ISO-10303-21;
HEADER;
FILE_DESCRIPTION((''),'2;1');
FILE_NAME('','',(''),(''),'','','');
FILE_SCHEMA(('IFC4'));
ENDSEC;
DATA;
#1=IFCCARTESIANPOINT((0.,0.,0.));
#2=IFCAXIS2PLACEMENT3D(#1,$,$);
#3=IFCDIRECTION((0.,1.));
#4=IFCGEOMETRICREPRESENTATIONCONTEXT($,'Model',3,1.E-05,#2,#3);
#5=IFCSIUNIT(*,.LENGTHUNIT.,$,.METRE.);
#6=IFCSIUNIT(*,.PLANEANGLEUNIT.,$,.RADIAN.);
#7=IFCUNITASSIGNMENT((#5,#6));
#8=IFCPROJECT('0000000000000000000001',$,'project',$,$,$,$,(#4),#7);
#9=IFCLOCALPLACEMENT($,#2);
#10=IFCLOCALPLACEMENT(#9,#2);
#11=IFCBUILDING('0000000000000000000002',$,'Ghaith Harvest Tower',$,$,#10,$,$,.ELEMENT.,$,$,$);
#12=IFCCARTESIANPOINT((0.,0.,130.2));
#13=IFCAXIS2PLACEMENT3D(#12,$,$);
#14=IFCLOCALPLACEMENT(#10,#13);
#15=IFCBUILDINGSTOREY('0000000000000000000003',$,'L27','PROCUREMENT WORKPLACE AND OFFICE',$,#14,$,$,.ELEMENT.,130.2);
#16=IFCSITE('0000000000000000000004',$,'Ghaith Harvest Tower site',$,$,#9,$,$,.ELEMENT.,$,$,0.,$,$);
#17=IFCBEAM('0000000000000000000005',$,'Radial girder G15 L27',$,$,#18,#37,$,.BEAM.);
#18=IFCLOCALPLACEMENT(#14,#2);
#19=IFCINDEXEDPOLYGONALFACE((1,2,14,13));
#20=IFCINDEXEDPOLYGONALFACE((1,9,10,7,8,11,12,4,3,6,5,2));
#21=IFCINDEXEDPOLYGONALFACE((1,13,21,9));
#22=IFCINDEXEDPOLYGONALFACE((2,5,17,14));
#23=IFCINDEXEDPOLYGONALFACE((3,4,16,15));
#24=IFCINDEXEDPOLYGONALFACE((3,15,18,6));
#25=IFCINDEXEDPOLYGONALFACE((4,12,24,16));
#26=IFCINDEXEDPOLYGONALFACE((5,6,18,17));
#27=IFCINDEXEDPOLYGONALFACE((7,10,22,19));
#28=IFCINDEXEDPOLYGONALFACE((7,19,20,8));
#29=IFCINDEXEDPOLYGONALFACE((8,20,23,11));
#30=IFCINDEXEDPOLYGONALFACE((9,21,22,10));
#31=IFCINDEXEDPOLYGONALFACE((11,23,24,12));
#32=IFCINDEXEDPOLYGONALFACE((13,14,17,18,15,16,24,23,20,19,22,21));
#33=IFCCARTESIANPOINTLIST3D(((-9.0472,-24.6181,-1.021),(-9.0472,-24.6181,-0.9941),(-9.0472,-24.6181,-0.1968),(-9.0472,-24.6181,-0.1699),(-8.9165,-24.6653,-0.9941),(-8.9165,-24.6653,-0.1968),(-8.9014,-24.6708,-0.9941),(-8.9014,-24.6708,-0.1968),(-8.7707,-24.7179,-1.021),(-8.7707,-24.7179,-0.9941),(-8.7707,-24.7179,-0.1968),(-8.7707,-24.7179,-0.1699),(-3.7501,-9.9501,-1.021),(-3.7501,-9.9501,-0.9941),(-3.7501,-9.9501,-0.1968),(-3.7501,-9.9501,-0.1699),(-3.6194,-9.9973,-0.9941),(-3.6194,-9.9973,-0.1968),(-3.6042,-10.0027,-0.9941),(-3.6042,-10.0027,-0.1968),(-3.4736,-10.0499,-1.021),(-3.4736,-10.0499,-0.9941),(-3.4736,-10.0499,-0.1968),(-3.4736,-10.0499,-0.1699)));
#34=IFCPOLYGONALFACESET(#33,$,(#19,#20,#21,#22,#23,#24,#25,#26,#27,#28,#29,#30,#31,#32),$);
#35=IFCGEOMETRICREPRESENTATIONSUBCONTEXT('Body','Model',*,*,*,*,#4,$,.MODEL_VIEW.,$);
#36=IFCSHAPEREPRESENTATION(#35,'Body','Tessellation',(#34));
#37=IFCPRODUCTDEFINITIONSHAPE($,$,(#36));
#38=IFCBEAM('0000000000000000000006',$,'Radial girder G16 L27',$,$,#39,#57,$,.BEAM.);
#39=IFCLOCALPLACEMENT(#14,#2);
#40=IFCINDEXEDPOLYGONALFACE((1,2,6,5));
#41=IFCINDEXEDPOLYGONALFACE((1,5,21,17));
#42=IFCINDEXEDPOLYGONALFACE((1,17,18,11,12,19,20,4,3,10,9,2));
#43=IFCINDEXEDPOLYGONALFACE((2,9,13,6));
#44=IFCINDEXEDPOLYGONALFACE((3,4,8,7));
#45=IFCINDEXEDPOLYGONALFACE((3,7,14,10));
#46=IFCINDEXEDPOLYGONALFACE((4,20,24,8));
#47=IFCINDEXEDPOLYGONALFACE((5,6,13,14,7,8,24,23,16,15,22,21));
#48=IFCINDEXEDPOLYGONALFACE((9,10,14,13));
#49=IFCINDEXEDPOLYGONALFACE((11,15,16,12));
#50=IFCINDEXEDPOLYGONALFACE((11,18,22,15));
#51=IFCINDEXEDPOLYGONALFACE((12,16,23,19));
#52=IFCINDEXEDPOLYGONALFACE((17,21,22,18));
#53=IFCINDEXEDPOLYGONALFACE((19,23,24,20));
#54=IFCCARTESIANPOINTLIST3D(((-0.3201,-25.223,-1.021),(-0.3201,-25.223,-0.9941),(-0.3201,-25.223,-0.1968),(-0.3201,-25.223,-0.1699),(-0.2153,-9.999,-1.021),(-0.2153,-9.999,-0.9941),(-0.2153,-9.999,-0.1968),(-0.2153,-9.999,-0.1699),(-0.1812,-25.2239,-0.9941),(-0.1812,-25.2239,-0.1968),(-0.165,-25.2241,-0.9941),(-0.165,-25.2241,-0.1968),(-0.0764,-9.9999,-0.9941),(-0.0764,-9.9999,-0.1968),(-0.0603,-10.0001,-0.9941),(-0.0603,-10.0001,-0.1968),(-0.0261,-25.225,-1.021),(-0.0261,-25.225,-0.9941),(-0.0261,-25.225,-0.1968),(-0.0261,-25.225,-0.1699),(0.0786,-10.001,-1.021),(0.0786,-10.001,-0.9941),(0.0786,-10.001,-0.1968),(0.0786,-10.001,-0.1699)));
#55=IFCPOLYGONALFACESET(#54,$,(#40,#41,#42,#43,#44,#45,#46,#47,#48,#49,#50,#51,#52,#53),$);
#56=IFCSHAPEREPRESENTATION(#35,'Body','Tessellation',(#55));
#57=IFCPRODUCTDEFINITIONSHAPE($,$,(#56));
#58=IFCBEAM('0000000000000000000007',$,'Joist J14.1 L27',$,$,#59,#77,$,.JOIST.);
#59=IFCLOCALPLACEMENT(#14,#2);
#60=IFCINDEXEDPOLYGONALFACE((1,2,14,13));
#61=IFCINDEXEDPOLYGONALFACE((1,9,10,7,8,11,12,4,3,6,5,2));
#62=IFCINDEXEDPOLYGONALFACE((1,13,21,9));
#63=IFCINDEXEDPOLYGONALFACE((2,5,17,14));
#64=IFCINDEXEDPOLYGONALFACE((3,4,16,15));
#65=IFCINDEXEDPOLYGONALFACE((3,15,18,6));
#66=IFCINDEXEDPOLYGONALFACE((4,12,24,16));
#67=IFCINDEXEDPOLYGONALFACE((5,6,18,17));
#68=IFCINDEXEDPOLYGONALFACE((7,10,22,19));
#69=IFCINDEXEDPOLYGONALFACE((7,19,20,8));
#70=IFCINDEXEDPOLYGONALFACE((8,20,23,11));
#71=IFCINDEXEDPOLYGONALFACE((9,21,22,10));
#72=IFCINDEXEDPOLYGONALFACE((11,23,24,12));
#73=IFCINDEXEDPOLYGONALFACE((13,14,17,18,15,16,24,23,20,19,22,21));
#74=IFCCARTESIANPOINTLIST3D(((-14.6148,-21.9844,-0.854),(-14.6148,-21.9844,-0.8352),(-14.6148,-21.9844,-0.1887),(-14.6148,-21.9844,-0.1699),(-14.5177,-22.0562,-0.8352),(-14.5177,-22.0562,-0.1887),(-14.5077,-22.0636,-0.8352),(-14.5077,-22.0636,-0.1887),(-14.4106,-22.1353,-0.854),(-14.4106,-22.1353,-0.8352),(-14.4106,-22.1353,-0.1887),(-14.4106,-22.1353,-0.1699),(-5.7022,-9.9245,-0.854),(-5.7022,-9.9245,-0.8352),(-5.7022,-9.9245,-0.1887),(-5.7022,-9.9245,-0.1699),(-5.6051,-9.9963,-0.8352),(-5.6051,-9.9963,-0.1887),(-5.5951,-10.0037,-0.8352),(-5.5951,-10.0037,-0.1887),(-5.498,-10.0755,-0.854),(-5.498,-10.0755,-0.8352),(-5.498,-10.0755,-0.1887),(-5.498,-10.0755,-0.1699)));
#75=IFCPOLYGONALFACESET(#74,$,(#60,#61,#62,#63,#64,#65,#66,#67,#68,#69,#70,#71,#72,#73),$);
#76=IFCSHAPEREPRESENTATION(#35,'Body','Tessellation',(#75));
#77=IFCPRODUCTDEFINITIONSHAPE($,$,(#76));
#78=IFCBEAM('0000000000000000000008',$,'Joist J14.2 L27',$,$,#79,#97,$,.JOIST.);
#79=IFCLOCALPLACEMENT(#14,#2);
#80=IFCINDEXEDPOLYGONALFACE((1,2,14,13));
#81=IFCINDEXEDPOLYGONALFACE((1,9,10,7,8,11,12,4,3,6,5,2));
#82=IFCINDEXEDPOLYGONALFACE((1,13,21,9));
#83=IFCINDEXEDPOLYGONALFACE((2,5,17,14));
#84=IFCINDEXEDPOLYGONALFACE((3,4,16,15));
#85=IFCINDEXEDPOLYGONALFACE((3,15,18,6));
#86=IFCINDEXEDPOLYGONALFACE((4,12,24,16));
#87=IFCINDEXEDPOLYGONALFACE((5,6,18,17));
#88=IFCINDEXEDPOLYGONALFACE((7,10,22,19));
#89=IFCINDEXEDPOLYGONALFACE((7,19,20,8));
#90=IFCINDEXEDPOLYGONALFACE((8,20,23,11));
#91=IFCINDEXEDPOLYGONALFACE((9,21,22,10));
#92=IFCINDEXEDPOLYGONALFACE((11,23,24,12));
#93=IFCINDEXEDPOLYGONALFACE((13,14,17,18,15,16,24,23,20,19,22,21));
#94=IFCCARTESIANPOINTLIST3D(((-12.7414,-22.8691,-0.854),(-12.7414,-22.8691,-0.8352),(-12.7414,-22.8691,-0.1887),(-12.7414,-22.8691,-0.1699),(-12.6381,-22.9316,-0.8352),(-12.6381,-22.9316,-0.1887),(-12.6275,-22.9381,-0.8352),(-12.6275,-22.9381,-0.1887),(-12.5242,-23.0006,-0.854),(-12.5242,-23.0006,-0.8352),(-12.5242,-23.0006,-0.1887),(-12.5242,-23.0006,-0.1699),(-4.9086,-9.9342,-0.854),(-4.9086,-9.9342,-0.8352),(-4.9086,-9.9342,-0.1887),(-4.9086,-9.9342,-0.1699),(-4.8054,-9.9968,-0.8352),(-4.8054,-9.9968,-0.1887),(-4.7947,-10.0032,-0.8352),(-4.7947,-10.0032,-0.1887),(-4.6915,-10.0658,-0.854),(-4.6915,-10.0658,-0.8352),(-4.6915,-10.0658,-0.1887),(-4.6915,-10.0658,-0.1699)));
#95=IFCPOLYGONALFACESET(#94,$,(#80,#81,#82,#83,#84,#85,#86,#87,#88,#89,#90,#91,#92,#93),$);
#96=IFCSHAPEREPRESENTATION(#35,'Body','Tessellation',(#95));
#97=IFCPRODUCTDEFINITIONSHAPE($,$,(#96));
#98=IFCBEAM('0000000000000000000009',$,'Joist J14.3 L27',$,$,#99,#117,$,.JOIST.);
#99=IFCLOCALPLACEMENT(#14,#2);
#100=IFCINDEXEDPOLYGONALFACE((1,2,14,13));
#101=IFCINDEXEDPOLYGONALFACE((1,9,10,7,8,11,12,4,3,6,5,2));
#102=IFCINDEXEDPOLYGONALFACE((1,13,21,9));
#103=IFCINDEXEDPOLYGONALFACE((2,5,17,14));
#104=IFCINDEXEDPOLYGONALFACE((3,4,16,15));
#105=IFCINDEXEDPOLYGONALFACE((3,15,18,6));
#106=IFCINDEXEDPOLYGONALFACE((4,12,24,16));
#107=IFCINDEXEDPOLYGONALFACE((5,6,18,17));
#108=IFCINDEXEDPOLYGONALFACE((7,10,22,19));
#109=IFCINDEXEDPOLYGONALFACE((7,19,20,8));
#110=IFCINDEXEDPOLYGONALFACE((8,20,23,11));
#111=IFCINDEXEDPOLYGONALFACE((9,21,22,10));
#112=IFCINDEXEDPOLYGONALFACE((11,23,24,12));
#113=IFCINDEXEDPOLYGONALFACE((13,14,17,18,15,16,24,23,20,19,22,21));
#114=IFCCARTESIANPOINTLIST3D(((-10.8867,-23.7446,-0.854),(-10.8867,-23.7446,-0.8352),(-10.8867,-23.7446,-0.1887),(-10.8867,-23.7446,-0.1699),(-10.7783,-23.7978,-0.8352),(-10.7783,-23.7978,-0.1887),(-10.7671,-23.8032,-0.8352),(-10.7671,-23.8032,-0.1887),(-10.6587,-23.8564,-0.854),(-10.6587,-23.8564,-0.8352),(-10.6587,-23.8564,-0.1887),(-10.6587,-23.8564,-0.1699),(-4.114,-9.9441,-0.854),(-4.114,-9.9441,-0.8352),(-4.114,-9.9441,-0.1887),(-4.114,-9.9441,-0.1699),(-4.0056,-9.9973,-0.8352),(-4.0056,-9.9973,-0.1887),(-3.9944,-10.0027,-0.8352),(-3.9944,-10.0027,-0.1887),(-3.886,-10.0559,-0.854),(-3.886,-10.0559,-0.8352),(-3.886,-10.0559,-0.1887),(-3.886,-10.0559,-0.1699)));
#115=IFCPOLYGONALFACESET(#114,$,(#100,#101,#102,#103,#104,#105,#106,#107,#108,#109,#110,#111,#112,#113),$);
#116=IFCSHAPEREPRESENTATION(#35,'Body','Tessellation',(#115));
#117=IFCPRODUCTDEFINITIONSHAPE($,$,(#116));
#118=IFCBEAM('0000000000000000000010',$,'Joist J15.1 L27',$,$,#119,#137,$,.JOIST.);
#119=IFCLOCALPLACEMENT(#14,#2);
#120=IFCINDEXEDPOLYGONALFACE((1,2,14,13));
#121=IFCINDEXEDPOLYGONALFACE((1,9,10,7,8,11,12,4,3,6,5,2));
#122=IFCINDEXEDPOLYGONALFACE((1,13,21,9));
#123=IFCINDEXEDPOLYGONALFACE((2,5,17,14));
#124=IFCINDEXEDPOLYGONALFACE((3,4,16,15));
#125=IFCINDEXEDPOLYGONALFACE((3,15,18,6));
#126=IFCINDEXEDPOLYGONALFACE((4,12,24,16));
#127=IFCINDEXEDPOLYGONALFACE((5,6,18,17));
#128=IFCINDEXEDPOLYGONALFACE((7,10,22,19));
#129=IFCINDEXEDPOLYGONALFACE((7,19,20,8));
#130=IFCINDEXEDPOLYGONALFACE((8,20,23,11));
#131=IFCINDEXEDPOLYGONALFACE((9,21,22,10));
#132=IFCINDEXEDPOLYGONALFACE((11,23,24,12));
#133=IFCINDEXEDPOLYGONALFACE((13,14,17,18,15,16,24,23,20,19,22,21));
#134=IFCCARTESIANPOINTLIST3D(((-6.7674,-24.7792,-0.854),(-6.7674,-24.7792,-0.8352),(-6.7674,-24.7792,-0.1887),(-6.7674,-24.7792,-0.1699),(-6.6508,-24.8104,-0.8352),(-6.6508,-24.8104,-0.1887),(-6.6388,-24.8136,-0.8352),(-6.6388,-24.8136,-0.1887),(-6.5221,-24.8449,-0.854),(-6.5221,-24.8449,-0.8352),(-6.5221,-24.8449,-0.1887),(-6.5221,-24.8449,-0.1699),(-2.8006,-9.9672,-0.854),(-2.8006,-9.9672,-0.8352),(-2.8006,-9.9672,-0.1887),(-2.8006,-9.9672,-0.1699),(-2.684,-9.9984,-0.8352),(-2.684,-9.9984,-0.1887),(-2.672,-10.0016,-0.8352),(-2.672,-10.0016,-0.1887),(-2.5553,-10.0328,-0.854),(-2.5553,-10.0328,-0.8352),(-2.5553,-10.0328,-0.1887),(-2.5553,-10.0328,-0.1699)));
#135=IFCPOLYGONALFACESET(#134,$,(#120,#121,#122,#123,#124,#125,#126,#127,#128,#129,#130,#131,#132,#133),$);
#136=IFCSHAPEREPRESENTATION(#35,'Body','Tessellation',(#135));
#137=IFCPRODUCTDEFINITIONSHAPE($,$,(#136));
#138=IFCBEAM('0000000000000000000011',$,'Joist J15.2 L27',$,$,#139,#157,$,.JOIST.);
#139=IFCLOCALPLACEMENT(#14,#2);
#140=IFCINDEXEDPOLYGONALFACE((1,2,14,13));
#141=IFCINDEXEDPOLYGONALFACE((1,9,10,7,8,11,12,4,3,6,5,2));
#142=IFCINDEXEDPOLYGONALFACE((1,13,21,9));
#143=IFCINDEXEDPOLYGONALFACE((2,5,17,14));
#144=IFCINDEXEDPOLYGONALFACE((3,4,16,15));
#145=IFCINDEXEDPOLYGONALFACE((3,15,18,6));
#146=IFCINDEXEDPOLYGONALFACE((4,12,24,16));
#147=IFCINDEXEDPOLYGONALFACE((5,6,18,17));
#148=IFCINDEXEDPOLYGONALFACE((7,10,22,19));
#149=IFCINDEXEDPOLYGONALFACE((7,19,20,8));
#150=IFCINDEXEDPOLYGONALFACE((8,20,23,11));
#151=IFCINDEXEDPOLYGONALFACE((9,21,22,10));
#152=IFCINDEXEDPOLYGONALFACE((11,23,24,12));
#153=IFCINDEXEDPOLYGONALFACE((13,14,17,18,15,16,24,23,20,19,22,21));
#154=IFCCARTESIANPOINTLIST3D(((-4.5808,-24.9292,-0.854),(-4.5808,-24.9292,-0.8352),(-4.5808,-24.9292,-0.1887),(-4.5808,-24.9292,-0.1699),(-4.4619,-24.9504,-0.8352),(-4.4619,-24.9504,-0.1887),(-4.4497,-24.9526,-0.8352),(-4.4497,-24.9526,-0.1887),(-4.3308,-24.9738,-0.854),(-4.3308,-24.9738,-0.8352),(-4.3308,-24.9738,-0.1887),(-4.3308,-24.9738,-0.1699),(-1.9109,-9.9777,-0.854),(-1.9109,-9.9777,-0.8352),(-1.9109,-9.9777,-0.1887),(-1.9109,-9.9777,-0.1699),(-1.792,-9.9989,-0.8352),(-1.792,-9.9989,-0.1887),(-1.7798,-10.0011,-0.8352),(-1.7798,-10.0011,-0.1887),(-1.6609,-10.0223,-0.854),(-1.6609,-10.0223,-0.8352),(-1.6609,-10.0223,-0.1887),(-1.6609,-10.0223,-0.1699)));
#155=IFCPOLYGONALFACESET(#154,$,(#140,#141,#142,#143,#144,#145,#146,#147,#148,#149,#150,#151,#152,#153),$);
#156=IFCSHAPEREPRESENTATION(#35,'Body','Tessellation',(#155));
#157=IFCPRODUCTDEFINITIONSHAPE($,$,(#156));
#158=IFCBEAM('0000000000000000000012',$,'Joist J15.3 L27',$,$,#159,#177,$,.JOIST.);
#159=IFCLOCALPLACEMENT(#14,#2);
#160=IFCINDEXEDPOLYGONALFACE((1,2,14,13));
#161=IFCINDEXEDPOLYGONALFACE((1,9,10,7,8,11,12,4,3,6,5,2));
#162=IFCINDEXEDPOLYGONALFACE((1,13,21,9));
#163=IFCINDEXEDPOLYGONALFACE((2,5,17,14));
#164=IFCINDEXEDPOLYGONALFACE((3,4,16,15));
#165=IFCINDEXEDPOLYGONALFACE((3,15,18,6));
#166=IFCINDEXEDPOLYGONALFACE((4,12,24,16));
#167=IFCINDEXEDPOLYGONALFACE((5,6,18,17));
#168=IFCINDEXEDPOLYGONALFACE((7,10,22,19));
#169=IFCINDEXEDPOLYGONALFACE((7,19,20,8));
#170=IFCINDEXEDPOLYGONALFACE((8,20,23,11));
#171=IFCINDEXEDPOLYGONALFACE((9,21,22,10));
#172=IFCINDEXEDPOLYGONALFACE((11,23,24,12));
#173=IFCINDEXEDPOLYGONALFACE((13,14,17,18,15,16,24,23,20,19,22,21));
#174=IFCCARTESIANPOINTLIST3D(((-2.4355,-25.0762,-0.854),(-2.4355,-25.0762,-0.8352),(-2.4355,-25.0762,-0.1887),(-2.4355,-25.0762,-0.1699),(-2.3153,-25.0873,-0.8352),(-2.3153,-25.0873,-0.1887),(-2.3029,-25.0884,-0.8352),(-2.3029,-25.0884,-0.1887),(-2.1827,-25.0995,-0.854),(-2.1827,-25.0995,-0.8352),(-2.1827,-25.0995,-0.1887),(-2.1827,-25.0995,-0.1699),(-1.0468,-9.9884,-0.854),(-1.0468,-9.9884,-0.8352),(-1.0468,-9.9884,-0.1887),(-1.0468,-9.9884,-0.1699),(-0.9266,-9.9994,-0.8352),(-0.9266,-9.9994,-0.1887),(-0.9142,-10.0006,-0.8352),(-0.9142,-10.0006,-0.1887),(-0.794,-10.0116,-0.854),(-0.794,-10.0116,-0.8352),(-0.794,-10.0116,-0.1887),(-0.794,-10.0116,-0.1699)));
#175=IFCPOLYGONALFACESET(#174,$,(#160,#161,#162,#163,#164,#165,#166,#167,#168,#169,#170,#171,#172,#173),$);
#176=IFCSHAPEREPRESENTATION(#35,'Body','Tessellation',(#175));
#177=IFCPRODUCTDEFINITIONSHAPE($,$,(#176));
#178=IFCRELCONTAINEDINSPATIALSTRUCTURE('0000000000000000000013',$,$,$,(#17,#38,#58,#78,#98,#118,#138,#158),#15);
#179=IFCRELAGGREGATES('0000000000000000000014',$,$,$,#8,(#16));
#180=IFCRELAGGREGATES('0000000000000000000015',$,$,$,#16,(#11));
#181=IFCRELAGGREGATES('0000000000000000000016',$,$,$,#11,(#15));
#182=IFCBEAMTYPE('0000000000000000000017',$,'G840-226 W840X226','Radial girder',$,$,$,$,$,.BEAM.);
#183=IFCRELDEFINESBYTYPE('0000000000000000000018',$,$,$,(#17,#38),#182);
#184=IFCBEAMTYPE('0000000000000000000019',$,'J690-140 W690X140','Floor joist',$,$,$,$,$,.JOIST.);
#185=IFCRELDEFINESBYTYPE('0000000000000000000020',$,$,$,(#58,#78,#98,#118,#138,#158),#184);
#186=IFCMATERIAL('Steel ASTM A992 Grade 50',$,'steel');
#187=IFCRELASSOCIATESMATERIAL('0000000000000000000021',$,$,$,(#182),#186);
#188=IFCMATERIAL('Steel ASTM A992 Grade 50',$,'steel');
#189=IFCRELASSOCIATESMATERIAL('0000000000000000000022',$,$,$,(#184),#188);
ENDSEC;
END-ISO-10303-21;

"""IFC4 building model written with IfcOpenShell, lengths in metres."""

from ifc_helpers import new_model, si_unit, direction, frame, origin, origin_2d, place, context, subcontext, project, spatial, i_section, extrude, material, material_profile, profile_set, type_object, element, save


model = new_model("IFC4")

# Units and contexts
model_context = context("Model", 3, precision=1e-05, world=origin(), true_north=direction((0.0, 1.0)))
body_context = subcontext(model_context, "Body", "Model", "MODEL_VIEW")
ifc_project = project(units=[si_unit("LENGTHUNIT", "METRE"), si_unit("PLANEANGLEUNIT", "RADIAN")], contexts=[model_context])

# Site, building, storey
site_placement = place(None, origin())
site = spatial("IfcSite", under=ifc_project, at=site_placement, Name="Ghaith Harvest Tower site", CompositionType="ELEMENT", RefElevation=0.0)
building_placement = place(site_placement, origin())
building = spatial("IfcBuilding", under=site, at=building_placement, Name="Ghaith Harvest Tower", CompositionType="ELEMENT")
storey_placement = place(building_placement, frame((0.0, 0.0, 130.2)))
storey = spatial("IfcBuildingStorey", under=building, at=storey_placement, Name="L27", Description="PROCUREMENT WORKPLACE AND OFFICE", CompositionType="ELEMENT", Elevation=130.2)

# Beams
ifc_material_1 = material(Name="Steel ASTM A992 Grade 50", Category="steel")
ifc_material_profile_1 = material_profile(ifc_material_1, i_section(OverallWidth=0.2939, OverallDepth=0.8511, WebThickness=0.0161, FlangeThickness=0.0269, at=origin_2d()), Name="W840X226")
ifc_profile_set_1 = profile_set([ifc_material_profile_1], Name="Steel ASTM A992 Grade 50")
beam_type_1 = type_object("IfcBeamType", Name="G840-226 W840X226", Description="Radial girder", PredefinedType="BEAM", material=ifc_profile_set_1)
beam_1_placement = place(storey_placement, frame((-3.6118, -10.0, -0.5955), z_axis=(-0.339664, -0.940547, 0.0), x_axis=(0.940547, -0.339664, 0.0)))
element("IfcBeam", 1, at=beam_1_placement, inside=storey, type_object=beam_type_1, Name="Radial girder G15 L27", PredefinedType="BEAM", context=body_context, shape_type="SweptSolid", body=[
    extrude(i_section(OverallWidth=0.2939, OverallDepth=0.8511, WebThickness=0.0161, FlangeThickness=0.0269, at=origin_2d()), origin(), (0.0, 0.0, 1.0), 15.5952),
])
beam_2_placement = place(storey_placement, frame((-0.0684, -10.0, -0.5955), z_axis=(-0.006879, -0.999976, 0.0), x_axis=(0.999976, -0.006879, 0.0)))
element("IfcBeam", 2, at=beam_2_placement, inside=storey, type_object=beam_type_1, Name="Radial girder G16 L27", PredefinedType="BEAM", context=body_context, shape_type="SweptSolid", body=[
    extrude(i_section(OverallWidth=0.2939, OverallDepth=0.8511, WebThickness=0.0161, FlangeThickness=0.0269, at=origin_2d()), origin(), (0.0, 0.0, 1.0), 15.2244),
])
ifc_material_2 = material(Name="Steel ASTM A992 Grade 50", Category="steel")
ifc_material_profile_2 = material_profile(ifc_material_2, i_section(OverallWidth=0.2539, OverallDepth=0.6841, WebThickness=0.0125, FlangeThickness=0.0188, at=origin_2d()), Name="W690X140")
ifc_profile_set_2 = profile_set([ifc_material_profile_2], Name="Steel ASTM A992 Grade 50")
beam_type_2 = type_object("IfcBeamType", Name="J690-140 W690X140", Description="Floor joist", PredefinedType="JOIST", material=ifc_profile_set_2)
beam_3_placement = place(storey_placement, frame((-5.6001, -10.0, -0.512), z_axis=(-0.59434, -0.804214, 0.0), x_axis=(0.804214, -0.59434, 0.0)))
element("IfcBeam", 3, at=beam_3_placement, inside=storey, type_object=beam_type_2, Name="Joist J14.1 L27", PredefinedType="JOIST", context=body_context, shape_type="SweptSolid", body=[
    extrude(i_section(OverallWidth=0.2539, OverallDepth=0.6841, WebThickness=0.0125, FlangeThickness=0.0188, at=origin_2d()), origin(), (0.0, 0.0, 1.0), 14.9958),
])
beam_4_placement = place(storey_placement, frame((-4.8, -10.0, -0.512), z_axis=(-0.517986, -0.855389, 0.0), x_axis=(0.855389, -0.517986, 0.0)))
element("IfcBeam", 4, at=beam_4_placement, inside=storey, type_object=beam_type_2, Name="Joist J14.2 L27", PredefinedType="JOIST", context=body_context, shape_type="SweptSolid", body=[
    extrude(i_section(OverallWidth=0.2539, OverallDepth=0.6841, WebThickness=0.0125, FlangeThickness=0.0188, at=origin_2d()), origin(), (0.0, 0.0, 1.0), 15.1216),
])
beam_5_placement = place(storey_placement, frame((-4.0, -10.0, -0.512), z_axis=(-0.440563, -0.897722, 0.0), x_axis=(0.897722, -0.440563, 0.0)))
element("IfcBeam", 5, at=beam_5_placement, inside=storey, type_object=beam_type_2, Name="Joist J14.3 L27", PredefinedType="JOIST", context=body_context, shape_type="SweptSolid", body=[
    extrude(i_section(OverallWidth=0.2539, OverallDepth=0.6841, WebThickness=0.0125, FlangeThickness=0.0188, at=origin_2d()), origin(), (0.0, 0.0, 1.0), 15.3728),
])
beam_6_placement = place(storey_placement, frame((-2.678, -10.0, -0.512), z_axis=(-0.258693, -0.96596, 0.0), x_axis=(0.96596, -0.258693, 0.0)))
element("IfcBeam", 6, at=beam_6_placement, inside=storey, type_object=beam_type_2, Name="Joist J15.1 L27", PredefinedType="JOIST", context=body_context, shape_type="SweptSolid", body=[
    extrude(i_section(OverallWidth=0.2539, OverallDepth=0.6841, WebThickness=0.0125, FlangeThickness=0.0188, at=origin_2d()), origin(), (0.0, 0.0, 1.0), 15.334),
])
beam_7_placement = place(storey_placement, frame((-1.7859, -10.0, -0.512), z_axis=(-0.175792, -0.984427, 0.0), x_axis=(0.984427, -0.175792, 0.0)))
element("IfcBeam", 7, at=beam_7_placement, inside=storey, type_object=beam_type_2, Name="Joist J15.2 L27", PredefinedType="JOIST", context=body_context, shape_type="SweptSolid", body=[
    extrude(i_section(OverallWidth=0.2539, OverallDepth=0.6841, WebThickness=0.0125, FlangeThickness=0.0188, at=origin_2d()), origin(), (0.0, 0.0, 1.0), 15.188),
])
beam_8_placement = place(storey_placement, frame((-0.9204, -10.0, -0.512), z_axis=(-0.091651, -0.995791, 0.0), x_axis=(0.995791, -0.091651, 0.0)))
element("IfcBeam", 8, at=beam_8_placement, inside=storey, type_object=beam_type_2, Name="Joist J15.3 L27", PredefinedType="JOIST", context=body_context, shape_type="SweptSolid", body=[
    extrude(i_section(OverallWidth=0.2539, OverallDepth=0.6841, WebThickness=0.0125, FlangeThickness=0.0188, at=origin_2d()), origin(), (0.0, 0.0, 1.0), 15.1516),
])

save(model, "model.ifc")
